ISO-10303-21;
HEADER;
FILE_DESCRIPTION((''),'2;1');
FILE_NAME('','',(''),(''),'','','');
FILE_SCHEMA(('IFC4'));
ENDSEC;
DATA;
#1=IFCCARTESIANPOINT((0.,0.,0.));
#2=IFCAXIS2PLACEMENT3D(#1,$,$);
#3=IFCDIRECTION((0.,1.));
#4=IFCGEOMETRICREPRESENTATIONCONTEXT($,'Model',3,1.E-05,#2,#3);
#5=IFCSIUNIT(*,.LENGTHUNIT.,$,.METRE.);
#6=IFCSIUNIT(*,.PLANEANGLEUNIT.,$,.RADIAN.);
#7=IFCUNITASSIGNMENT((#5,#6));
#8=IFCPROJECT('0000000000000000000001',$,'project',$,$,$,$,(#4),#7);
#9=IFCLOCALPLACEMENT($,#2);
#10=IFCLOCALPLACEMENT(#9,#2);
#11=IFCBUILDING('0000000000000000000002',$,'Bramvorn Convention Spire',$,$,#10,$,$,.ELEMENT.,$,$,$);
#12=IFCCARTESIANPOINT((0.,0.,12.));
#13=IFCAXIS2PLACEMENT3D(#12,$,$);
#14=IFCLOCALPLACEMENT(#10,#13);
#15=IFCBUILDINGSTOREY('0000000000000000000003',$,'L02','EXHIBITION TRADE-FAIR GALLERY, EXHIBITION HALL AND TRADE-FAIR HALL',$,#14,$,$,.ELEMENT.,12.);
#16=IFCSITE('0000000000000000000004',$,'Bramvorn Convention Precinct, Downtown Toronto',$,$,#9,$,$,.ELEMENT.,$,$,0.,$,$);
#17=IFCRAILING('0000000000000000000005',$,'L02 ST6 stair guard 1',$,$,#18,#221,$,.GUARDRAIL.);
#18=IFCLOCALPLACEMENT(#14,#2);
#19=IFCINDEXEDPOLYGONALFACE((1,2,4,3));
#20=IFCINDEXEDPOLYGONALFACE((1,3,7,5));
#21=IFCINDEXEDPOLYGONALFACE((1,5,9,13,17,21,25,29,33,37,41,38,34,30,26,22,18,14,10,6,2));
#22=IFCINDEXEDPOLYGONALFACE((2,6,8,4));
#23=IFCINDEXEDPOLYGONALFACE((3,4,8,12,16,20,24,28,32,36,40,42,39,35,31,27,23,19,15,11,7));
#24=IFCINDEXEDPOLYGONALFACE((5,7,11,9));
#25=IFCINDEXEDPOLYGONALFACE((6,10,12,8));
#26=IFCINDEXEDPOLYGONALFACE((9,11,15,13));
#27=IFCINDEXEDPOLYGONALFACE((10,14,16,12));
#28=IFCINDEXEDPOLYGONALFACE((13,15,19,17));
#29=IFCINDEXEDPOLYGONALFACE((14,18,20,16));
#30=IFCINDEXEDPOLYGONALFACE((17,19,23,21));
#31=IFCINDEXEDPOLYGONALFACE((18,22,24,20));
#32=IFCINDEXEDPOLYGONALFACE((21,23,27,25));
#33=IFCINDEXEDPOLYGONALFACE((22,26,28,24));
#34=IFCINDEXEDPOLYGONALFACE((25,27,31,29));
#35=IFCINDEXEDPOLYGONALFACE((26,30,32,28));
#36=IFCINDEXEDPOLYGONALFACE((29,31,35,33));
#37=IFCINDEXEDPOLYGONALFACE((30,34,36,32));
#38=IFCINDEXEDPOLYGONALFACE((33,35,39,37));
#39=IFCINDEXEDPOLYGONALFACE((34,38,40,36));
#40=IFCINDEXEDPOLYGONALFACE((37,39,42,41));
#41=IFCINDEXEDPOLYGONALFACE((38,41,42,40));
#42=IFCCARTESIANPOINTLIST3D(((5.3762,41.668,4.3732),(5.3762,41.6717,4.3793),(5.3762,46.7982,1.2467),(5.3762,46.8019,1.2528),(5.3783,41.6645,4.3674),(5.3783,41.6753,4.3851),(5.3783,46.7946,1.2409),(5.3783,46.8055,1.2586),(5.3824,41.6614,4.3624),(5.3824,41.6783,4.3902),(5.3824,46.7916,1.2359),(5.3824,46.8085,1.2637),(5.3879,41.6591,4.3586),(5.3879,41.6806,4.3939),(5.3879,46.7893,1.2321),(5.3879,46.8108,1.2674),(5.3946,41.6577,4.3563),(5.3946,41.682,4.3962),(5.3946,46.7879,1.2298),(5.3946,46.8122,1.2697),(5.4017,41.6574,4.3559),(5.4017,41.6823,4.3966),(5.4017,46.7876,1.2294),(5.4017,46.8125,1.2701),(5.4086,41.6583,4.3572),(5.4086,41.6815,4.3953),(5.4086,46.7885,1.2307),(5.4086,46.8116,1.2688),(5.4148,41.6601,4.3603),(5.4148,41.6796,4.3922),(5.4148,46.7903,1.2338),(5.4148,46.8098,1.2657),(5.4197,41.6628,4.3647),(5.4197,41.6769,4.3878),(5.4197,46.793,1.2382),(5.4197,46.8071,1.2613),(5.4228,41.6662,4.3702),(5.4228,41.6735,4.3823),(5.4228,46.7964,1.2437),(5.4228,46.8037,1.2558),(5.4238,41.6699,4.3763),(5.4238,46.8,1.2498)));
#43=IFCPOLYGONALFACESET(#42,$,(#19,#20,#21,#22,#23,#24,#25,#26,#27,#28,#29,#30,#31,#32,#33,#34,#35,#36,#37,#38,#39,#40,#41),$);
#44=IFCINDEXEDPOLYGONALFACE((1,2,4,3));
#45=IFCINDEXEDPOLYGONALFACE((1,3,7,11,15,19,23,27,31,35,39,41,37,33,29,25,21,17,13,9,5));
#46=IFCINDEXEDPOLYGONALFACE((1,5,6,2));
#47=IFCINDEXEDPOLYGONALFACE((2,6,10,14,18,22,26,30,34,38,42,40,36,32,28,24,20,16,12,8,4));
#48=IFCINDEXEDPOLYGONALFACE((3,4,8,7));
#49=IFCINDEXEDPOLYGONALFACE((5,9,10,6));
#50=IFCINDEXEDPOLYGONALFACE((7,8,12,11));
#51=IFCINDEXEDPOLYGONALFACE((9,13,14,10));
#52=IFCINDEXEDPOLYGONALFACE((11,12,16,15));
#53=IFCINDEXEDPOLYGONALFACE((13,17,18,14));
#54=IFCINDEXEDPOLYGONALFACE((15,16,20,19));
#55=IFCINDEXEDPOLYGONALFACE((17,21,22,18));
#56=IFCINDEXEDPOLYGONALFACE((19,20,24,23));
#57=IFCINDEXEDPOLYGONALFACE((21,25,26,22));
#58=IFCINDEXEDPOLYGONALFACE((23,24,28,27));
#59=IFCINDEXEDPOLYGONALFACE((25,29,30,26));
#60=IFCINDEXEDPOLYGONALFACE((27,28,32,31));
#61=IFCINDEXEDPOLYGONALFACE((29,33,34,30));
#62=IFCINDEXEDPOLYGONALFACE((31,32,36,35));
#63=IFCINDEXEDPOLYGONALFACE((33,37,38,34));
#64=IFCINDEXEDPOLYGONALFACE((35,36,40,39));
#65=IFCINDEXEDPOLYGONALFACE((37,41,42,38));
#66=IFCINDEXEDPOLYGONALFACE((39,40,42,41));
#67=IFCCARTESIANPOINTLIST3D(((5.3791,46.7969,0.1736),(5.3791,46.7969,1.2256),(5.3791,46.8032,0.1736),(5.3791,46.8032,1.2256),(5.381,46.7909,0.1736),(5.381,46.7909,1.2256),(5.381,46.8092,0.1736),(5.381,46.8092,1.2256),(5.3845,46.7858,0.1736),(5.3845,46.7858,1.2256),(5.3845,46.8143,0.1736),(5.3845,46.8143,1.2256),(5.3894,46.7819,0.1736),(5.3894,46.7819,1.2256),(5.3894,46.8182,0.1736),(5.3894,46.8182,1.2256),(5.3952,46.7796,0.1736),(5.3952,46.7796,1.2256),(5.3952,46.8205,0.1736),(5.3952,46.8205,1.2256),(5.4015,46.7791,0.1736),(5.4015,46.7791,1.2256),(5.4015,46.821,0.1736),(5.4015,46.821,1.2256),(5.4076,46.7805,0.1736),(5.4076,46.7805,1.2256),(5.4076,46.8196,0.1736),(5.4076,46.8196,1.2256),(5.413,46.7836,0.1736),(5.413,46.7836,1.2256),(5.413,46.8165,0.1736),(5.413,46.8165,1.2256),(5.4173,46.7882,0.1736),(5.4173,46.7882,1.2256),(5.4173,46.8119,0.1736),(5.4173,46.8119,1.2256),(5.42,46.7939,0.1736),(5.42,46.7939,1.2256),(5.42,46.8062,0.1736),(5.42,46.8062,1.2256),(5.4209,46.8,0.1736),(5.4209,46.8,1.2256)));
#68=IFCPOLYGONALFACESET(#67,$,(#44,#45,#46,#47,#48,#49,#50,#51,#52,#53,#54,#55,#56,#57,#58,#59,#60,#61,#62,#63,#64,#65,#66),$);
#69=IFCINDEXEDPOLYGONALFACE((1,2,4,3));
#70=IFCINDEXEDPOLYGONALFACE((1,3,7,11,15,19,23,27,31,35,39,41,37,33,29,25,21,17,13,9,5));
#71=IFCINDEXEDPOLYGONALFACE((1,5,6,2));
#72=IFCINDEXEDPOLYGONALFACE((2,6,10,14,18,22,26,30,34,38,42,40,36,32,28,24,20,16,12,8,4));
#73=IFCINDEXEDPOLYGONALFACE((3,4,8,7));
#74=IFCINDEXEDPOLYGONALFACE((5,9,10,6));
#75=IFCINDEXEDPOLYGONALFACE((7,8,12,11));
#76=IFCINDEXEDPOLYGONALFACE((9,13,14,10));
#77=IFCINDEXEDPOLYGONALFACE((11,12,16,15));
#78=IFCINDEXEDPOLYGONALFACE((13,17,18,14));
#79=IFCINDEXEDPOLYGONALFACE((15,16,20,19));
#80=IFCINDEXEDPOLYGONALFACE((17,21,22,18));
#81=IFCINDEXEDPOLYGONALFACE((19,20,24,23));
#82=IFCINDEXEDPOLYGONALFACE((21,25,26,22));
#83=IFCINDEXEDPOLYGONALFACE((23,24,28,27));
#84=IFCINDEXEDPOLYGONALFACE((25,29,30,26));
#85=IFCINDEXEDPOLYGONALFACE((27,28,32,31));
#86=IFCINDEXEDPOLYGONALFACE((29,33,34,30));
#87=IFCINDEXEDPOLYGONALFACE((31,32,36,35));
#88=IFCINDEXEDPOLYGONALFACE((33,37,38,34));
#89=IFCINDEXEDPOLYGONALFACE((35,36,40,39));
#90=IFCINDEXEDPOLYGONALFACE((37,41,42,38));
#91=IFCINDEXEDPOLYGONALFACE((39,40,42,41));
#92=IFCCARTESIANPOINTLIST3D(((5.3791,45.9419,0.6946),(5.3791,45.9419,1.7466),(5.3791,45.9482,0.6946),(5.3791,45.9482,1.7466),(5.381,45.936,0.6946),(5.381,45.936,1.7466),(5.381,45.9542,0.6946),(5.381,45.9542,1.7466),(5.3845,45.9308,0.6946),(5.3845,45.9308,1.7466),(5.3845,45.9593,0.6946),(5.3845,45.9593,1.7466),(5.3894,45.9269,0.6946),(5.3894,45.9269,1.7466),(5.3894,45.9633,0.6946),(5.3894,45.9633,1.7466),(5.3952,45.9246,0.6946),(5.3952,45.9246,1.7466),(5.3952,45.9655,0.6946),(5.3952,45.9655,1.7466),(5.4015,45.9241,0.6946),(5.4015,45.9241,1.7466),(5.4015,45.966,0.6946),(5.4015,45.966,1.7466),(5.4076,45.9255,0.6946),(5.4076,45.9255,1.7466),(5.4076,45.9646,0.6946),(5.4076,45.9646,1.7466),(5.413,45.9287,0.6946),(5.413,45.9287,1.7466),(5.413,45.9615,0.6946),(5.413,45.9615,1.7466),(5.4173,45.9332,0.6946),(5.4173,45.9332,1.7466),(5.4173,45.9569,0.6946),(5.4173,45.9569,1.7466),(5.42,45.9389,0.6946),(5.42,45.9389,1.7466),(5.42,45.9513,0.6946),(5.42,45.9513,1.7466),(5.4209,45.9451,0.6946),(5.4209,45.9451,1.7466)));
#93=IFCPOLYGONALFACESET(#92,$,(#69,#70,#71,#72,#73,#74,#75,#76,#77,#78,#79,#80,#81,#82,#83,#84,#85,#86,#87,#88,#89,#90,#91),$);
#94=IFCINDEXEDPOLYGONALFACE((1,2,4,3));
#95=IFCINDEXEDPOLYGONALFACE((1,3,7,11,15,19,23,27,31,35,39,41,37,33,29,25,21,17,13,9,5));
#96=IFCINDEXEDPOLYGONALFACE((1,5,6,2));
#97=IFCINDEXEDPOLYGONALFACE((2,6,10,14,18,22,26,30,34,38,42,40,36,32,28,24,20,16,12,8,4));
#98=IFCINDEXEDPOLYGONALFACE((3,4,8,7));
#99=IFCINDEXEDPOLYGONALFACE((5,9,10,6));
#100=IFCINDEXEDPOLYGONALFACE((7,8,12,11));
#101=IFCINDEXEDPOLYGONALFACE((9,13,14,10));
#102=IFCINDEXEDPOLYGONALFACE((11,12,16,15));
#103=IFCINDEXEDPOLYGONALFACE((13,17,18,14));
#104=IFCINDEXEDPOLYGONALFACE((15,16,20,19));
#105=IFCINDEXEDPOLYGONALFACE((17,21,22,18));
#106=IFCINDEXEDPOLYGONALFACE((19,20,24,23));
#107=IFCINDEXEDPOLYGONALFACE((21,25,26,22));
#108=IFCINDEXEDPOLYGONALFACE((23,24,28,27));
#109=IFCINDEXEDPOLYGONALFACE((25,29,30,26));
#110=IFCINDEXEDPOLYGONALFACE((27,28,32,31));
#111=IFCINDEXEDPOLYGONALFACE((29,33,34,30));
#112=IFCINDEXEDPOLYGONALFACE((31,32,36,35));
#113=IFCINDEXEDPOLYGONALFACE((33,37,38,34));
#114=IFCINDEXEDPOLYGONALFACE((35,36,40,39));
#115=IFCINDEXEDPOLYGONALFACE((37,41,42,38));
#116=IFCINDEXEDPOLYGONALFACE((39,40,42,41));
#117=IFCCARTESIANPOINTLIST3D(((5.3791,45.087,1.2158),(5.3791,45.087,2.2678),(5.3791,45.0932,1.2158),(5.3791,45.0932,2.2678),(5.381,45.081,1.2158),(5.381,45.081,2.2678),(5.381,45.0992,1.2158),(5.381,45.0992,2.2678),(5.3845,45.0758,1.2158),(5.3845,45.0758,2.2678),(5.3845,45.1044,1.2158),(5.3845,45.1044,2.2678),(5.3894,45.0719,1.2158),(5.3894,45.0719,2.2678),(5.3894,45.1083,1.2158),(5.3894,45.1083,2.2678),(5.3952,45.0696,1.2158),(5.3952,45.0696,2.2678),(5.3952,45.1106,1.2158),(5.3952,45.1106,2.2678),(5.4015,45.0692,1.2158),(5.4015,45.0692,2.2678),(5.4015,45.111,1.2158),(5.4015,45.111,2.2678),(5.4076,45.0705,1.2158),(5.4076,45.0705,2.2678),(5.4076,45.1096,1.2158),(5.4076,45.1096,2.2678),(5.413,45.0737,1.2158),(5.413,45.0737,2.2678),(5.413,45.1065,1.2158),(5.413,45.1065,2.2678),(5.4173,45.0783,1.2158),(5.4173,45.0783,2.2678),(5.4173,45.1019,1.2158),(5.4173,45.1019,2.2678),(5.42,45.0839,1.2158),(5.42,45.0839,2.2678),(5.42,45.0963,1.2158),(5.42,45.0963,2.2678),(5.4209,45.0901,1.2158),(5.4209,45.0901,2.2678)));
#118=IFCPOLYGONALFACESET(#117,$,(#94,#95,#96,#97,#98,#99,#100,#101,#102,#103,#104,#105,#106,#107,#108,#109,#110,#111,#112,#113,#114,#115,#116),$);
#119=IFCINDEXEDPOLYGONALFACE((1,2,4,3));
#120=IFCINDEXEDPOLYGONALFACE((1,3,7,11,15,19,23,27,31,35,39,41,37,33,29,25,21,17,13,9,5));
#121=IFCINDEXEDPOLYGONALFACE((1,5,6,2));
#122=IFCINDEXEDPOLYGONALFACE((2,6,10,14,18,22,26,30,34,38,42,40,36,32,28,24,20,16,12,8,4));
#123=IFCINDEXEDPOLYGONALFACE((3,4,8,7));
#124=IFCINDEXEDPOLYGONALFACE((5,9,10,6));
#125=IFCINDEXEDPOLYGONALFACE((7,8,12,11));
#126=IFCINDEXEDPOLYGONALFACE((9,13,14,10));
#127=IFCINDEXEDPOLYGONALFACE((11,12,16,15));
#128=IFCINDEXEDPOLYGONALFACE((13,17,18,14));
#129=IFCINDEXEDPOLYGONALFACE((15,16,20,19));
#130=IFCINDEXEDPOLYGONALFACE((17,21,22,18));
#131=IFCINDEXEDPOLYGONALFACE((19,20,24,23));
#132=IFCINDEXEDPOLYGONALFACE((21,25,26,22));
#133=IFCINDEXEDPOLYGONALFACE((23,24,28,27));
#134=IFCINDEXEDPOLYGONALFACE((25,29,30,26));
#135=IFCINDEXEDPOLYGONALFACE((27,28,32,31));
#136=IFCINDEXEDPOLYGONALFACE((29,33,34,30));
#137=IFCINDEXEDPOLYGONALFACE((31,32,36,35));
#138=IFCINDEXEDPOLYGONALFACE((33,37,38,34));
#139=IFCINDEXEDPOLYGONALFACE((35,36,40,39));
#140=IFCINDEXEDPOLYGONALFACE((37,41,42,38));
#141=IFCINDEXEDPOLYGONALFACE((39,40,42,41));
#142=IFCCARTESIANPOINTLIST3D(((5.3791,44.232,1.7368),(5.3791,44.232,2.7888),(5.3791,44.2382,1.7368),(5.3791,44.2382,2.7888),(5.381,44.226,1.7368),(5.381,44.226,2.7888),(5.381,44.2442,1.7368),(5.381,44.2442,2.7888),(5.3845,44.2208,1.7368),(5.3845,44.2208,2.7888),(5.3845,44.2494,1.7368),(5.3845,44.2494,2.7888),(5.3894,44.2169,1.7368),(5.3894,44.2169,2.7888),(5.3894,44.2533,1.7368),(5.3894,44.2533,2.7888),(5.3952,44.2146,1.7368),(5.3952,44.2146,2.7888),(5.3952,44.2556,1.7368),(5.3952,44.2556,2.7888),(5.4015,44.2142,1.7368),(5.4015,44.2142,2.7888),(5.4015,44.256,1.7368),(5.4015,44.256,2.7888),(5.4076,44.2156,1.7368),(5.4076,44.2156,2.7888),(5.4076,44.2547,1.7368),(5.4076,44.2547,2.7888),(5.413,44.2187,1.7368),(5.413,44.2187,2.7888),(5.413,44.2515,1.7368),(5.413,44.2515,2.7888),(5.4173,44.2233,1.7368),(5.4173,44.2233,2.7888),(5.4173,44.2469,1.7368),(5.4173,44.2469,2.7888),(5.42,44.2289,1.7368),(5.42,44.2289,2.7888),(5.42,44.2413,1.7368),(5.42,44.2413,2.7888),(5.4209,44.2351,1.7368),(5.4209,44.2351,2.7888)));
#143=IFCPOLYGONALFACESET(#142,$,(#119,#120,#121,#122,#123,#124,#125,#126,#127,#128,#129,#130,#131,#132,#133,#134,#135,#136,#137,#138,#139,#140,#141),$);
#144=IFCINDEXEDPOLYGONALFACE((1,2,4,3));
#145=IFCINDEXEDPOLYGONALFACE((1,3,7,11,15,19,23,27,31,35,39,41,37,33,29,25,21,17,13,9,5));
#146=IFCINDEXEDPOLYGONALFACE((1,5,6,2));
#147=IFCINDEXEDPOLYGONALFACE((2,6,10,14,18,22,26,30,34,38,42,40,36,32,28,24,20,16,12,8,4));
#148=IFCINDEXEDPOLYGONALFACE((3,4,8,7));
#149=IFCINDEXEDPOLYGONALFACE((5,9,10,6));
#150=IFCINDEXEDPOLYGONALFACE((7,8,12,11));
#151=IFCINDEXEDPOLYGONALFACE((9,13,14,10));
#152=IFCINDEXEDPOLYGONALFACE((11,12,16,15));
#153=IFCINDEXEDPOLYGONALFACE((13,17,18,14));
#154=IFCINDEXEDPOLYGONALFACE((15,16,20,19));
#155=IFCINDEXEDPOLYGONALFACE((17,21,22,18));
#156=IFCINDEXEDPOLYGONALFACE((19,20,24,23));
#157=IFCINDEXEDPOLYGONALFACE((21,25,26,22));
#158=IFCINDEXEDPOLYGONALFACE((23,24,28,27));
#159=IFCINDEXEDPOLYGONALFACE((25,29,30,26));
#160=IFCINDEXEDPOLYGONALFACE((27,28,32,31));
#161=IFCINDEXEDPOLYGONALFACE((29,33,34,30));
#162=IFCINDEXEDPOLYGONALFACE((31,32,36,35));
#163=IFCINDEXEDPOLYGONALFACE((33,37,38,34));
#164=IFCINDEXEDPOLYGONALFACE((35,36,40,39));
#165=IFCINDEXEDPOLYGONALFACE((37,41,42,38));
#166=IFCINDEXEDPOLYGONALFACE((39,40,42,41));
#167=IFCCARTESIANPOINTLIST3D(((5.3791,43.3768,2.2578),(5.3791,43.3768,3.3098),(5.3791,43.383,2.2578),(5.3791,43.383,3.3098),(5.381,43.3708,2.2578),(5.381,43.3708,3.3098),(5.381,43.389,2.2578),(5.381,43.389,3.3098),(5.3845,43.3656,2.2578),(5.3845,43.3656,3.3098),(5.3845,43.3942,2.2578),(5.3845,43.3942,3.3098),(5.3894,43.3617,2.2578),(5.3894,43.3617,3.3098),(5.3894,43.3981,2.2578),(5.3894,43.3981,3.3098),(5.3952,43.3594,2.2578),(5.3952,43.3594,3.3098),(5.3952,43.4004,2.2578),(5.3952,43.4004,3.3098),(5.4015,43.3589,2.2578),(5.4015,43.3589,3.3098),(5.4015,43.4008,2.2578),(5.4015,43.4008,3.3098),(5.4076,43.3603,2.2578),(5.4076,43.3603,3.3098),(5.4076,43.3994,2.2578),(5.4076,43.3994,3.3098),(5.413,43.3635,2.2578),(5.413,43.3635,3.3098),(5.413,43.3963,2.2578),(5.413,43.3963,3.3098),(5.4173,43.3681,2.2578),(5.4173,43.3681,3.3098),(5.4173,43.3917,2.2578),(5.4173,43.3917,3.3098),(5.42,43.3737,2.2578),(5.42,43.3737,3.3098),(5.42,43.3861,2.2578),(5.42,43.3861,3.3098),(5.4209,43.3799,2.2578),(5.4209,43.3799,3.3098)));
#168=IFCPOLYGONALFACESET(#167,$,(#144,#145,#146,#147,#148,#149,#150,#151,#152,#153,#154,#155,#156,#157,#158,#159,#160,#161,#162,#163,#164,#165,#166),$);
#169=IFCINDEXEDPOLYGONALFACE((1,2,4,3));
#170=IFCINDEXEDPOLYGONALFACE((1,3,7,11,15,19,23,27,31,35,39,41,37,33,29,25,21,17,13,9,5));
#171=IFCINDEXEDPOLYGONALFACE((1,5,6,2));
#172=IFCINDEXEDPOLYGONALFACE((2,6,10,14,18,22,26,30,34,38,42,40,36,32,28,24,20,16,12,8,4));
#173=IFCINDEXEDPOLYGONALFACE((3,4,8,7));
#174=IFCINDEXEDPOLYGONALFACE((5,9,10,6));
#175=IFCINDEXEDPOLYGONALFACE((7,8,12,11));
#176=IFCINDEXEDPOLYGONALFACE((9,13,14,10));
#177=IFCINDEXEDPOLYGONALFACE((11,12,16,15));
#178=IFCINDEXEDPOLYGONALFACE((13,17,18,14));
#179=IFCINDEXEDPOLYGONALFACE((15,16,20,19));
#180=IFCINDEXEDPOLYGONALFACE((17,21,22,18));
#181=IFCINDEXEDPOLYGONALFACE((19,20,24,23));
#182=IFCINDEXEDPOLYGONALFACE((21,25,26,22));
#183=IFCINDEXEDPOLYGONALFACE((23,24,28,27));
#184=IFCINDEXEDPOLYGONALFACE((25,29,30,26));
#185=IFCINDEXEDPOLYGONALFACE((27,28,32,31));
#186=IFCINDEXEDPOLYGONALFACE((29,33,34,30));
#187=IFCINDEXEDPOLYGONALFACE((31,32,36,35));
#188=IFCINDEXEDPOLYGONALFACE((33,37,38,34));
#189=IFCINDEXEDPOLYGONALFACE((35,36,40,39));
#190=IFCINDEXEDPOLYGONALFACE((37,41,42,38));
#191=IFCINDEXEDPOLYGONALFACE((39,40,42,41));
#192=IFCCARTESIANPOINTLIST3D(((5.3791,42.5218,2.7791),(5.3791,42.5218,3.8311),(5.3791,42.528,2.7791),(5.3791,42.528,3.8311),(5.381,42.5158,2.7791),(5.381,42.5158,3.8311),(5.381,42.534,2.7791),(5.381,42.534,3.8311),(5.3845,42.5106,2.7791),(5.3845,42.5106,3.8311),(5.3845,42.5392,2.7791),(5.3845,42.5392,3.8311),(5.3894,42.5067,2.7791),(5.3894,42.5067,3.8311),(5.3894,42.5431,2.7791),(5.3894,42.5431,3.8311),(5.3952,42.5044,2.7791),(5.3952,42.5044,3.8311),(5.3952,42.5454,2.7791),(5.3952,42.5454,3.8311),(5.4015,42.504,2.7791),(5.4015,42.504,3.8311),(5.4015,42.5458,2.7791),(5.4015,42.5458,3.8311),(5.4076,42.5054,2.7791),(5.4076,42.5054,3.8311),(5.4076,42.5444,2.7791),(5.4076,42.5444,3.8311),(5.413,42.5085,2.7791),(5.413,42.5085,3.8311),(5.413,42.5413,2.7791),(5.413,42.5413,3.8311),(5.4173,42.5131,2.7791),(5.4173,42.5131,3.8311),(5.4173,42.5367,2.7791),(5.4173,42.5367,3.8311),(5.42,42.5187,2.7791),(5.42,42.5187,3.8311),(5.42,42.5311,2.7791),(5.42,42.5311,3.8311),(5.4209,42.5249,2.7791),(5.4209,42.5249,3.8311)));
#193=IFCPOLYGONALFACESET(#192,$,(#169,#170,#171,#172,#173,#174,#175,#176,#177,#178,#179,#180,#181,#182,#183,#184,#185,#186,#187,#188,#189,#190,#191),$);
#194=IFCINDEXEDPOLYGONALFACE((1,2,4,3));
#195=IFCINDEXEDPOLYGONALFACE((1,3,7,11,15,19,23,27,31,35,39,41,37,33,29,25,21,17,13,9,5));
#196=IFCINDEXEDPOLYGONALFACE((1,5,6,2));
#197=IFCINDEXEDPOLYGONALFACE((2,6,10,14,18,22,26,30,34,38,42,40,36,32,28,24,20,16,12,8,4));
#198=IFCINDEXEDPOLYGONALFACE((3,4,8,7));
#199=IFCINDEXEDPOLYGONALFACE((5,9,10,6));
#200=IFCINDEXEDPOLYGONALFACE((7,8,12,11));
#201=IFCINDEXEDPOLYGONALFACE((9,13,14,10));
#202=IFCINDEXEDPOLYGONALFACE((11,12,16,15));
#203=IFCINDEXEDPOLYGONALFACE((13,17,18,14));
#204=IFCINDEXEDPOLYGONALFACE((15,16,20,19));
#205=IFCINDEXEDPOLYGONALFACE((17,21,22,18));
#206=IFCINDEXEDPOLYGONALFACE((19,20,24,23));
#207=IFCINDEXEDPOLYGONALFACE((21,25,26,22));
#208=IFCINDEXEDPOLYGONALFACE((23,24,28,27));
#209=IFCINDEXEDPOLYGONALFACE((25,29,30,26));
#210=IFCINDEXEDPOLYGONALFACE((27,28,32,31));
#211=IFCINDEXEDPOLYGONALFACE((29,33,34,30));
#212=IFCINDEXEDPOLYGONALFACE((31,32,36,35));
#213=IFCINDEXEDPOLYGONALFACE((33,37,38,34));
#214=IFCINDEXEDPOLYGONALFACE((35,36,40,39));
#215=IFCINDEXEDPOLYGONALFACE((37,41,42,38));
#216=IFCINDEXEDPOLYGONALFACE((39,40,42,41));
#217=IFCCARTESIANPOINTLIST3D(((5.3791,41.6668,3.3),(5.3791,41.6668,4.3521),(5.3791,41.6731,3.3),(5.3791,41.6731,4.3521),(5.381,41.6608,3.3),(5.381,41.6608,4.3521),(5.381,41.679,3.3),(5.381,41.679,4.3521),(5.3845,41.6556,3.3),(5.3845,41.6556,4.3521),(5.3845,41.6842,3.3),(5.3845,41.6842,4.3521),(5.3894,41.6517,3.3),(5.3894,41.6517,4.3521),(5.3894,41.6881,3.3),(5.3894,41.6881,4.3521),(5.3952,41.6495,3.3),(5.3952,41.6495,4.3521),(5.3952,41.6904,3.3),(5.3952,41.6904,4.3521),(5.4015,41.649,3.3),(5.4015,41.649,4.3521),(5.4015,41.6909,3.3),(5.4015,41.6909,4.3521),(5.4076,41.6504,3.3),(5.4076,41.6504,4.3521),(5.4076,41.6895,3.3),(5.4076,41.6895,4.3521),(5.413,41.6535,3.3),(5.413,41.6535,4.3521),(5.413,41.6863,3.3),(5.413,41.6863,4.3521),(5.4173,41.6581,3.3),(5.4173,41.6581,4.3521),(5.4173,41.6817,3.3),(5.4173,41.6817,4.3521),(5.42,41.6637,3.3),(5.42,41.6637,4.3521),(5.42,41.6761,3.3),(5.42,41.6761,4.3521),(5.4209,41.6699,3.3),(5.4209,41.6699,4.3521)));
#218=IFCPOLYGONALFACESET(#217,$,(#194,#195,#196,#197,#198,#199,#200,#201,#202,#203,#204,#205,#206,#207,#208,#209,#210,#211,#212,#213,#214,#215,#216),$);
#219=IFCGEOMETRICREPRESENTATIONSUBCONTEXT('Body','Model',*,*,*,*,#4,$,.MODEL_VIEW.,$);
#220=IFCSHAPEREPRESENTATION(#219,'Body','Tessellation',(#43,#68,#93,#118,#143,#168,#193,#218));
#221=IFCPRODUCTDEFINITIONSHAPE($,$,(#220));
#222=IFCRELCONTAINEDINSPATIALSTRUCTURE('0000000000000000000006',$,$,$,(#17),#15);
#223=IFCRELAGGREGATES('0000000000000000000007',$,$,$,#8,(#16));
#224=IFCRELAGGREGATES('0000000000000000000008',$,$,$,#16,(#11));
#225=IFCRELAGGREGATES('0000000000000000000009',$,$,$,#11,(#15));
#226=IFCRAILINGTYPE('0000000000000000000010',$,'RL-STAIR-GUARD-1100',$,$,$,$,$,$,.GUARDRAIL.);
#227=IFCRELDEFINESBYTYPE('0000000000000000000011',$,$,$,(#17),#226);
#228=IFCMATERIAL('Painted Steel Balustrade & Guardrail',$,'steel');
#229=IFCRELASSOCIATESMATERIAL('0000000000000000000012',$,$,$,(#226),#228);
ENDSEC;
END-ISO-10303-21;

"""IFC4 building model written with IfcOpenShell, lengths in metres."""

from ifc_helpers import new_model, si_unit, direction, frame, origin, origin_2d, place, context, subcontext, project, spatial, circle, extrude, material, type_object, element, save


model = new_model("IFC4")

# Units and contexts
model_context = context("Model", 3, precision=1e-05, world=origin(), true_north=direction((0.0, 1.0)))
body_context = subcontext(model_context, "Body", "Model", "MODEL_VIEW")
ifc_project = project(units=[si_unit("LENGTHUNIT", "METRE"), si_unit("PLANEANGLEUNIT", "RADIAN")], contexts=[model_context])

# Site, building, storey
site_placement = place(None, origin())
site = spatial("IfcSite", under=ifc_project, at=site_placement, Name="Bramvorn Convention Precinct, Downtown Toronto", CompositionType="ELEMENT", RefElevation=0.0)
building_placement = place(site_placement, origin())
building = spatial("IfcBuilding", under=site, at=building_placement, Name="Bramvorn Convention Spire", CompositionType="ELEMENT")
storey_placement = place(building_placement, frame((0.0, 0.0, 12.0)))
storey = spatial("IfcBuildingStorey", under=building, at=storey_placement, Name="L02", Description="EXHIBITION TRADE-FAIR GALLERY, EXHIBITION HALL AND TRADE-FAIR HALL", CompositionType="ELEMENT", Elevation=12.0)

# Railing
ifc_material_1 = material(Name="Painted Steel Balustrade & Guardrail", Category="steel")
railing_type_1 = type_object("IfcRailingType", Name="RL-STAIR-GUARD-1100", PredefinedType="GUARDRAIL", material=ifc_material_1)
railing_1_placement = place(storey_placement, frame((5.3999, 46.8, 0.1736)))
element("IfcRailing", 1, at=railing_1_placement, inside=storey, type_object=railing_type_1, Name="L02 ST6 stair guard 1", PredefinedType="GUARDRAIL", context=body_context, shape_type="SweptSolid", body=[
    extrude(circle(Radius=0.0239, at=origin_2d()), frame((0.0, 0.0, 1.0762), z_axis=(0.0, -0.853919, 0.520406), x_axis=(1.0, 0.0, 0.0)), (0.0, 0.0, 1.0), 6.0078),
    extrude(circle(Radius=0.021, at=origin_2d()), origin(), (0.0, 0.0, 1.0), 1.052),
    extrude(circle(Radius=0.021, at=origin_2d()), frame((0.0, -0.855, 0.521)), (0.0, 0.0, 1.0), 1.052),
    extrude(circle(Radius=0.021, at=origin_2d()), frame((0.0, -1.71, 1.0422)), (0.0, 0.0, 1.0), 1.052),
    extrude(circle(Radius=0.021, at=origin_2d()), frame((0.0, -2.5649, 1.5632)), (0.0, 0.0, 1.0), 1.052),
    extrude(circle(Radius=0.021, at=origin_2d()), frame((0.0, -3.4202, 2.0842)), (0.0, 0.0, 1.0), 1.052),
    extrude(circle(Radius=0.021, at=origin_2d()), frame((0.0, -4.2751, 2.6055)), (0.0, 0.0, 1.0), 1.052),
    extrude(circle(Radius=0.021, at=origin_2d()), frame((0.0, -5.1301, 3.1265)), (0.0, 0.0, 1.0), 1.052),
])

save(model, "model.ifc")
